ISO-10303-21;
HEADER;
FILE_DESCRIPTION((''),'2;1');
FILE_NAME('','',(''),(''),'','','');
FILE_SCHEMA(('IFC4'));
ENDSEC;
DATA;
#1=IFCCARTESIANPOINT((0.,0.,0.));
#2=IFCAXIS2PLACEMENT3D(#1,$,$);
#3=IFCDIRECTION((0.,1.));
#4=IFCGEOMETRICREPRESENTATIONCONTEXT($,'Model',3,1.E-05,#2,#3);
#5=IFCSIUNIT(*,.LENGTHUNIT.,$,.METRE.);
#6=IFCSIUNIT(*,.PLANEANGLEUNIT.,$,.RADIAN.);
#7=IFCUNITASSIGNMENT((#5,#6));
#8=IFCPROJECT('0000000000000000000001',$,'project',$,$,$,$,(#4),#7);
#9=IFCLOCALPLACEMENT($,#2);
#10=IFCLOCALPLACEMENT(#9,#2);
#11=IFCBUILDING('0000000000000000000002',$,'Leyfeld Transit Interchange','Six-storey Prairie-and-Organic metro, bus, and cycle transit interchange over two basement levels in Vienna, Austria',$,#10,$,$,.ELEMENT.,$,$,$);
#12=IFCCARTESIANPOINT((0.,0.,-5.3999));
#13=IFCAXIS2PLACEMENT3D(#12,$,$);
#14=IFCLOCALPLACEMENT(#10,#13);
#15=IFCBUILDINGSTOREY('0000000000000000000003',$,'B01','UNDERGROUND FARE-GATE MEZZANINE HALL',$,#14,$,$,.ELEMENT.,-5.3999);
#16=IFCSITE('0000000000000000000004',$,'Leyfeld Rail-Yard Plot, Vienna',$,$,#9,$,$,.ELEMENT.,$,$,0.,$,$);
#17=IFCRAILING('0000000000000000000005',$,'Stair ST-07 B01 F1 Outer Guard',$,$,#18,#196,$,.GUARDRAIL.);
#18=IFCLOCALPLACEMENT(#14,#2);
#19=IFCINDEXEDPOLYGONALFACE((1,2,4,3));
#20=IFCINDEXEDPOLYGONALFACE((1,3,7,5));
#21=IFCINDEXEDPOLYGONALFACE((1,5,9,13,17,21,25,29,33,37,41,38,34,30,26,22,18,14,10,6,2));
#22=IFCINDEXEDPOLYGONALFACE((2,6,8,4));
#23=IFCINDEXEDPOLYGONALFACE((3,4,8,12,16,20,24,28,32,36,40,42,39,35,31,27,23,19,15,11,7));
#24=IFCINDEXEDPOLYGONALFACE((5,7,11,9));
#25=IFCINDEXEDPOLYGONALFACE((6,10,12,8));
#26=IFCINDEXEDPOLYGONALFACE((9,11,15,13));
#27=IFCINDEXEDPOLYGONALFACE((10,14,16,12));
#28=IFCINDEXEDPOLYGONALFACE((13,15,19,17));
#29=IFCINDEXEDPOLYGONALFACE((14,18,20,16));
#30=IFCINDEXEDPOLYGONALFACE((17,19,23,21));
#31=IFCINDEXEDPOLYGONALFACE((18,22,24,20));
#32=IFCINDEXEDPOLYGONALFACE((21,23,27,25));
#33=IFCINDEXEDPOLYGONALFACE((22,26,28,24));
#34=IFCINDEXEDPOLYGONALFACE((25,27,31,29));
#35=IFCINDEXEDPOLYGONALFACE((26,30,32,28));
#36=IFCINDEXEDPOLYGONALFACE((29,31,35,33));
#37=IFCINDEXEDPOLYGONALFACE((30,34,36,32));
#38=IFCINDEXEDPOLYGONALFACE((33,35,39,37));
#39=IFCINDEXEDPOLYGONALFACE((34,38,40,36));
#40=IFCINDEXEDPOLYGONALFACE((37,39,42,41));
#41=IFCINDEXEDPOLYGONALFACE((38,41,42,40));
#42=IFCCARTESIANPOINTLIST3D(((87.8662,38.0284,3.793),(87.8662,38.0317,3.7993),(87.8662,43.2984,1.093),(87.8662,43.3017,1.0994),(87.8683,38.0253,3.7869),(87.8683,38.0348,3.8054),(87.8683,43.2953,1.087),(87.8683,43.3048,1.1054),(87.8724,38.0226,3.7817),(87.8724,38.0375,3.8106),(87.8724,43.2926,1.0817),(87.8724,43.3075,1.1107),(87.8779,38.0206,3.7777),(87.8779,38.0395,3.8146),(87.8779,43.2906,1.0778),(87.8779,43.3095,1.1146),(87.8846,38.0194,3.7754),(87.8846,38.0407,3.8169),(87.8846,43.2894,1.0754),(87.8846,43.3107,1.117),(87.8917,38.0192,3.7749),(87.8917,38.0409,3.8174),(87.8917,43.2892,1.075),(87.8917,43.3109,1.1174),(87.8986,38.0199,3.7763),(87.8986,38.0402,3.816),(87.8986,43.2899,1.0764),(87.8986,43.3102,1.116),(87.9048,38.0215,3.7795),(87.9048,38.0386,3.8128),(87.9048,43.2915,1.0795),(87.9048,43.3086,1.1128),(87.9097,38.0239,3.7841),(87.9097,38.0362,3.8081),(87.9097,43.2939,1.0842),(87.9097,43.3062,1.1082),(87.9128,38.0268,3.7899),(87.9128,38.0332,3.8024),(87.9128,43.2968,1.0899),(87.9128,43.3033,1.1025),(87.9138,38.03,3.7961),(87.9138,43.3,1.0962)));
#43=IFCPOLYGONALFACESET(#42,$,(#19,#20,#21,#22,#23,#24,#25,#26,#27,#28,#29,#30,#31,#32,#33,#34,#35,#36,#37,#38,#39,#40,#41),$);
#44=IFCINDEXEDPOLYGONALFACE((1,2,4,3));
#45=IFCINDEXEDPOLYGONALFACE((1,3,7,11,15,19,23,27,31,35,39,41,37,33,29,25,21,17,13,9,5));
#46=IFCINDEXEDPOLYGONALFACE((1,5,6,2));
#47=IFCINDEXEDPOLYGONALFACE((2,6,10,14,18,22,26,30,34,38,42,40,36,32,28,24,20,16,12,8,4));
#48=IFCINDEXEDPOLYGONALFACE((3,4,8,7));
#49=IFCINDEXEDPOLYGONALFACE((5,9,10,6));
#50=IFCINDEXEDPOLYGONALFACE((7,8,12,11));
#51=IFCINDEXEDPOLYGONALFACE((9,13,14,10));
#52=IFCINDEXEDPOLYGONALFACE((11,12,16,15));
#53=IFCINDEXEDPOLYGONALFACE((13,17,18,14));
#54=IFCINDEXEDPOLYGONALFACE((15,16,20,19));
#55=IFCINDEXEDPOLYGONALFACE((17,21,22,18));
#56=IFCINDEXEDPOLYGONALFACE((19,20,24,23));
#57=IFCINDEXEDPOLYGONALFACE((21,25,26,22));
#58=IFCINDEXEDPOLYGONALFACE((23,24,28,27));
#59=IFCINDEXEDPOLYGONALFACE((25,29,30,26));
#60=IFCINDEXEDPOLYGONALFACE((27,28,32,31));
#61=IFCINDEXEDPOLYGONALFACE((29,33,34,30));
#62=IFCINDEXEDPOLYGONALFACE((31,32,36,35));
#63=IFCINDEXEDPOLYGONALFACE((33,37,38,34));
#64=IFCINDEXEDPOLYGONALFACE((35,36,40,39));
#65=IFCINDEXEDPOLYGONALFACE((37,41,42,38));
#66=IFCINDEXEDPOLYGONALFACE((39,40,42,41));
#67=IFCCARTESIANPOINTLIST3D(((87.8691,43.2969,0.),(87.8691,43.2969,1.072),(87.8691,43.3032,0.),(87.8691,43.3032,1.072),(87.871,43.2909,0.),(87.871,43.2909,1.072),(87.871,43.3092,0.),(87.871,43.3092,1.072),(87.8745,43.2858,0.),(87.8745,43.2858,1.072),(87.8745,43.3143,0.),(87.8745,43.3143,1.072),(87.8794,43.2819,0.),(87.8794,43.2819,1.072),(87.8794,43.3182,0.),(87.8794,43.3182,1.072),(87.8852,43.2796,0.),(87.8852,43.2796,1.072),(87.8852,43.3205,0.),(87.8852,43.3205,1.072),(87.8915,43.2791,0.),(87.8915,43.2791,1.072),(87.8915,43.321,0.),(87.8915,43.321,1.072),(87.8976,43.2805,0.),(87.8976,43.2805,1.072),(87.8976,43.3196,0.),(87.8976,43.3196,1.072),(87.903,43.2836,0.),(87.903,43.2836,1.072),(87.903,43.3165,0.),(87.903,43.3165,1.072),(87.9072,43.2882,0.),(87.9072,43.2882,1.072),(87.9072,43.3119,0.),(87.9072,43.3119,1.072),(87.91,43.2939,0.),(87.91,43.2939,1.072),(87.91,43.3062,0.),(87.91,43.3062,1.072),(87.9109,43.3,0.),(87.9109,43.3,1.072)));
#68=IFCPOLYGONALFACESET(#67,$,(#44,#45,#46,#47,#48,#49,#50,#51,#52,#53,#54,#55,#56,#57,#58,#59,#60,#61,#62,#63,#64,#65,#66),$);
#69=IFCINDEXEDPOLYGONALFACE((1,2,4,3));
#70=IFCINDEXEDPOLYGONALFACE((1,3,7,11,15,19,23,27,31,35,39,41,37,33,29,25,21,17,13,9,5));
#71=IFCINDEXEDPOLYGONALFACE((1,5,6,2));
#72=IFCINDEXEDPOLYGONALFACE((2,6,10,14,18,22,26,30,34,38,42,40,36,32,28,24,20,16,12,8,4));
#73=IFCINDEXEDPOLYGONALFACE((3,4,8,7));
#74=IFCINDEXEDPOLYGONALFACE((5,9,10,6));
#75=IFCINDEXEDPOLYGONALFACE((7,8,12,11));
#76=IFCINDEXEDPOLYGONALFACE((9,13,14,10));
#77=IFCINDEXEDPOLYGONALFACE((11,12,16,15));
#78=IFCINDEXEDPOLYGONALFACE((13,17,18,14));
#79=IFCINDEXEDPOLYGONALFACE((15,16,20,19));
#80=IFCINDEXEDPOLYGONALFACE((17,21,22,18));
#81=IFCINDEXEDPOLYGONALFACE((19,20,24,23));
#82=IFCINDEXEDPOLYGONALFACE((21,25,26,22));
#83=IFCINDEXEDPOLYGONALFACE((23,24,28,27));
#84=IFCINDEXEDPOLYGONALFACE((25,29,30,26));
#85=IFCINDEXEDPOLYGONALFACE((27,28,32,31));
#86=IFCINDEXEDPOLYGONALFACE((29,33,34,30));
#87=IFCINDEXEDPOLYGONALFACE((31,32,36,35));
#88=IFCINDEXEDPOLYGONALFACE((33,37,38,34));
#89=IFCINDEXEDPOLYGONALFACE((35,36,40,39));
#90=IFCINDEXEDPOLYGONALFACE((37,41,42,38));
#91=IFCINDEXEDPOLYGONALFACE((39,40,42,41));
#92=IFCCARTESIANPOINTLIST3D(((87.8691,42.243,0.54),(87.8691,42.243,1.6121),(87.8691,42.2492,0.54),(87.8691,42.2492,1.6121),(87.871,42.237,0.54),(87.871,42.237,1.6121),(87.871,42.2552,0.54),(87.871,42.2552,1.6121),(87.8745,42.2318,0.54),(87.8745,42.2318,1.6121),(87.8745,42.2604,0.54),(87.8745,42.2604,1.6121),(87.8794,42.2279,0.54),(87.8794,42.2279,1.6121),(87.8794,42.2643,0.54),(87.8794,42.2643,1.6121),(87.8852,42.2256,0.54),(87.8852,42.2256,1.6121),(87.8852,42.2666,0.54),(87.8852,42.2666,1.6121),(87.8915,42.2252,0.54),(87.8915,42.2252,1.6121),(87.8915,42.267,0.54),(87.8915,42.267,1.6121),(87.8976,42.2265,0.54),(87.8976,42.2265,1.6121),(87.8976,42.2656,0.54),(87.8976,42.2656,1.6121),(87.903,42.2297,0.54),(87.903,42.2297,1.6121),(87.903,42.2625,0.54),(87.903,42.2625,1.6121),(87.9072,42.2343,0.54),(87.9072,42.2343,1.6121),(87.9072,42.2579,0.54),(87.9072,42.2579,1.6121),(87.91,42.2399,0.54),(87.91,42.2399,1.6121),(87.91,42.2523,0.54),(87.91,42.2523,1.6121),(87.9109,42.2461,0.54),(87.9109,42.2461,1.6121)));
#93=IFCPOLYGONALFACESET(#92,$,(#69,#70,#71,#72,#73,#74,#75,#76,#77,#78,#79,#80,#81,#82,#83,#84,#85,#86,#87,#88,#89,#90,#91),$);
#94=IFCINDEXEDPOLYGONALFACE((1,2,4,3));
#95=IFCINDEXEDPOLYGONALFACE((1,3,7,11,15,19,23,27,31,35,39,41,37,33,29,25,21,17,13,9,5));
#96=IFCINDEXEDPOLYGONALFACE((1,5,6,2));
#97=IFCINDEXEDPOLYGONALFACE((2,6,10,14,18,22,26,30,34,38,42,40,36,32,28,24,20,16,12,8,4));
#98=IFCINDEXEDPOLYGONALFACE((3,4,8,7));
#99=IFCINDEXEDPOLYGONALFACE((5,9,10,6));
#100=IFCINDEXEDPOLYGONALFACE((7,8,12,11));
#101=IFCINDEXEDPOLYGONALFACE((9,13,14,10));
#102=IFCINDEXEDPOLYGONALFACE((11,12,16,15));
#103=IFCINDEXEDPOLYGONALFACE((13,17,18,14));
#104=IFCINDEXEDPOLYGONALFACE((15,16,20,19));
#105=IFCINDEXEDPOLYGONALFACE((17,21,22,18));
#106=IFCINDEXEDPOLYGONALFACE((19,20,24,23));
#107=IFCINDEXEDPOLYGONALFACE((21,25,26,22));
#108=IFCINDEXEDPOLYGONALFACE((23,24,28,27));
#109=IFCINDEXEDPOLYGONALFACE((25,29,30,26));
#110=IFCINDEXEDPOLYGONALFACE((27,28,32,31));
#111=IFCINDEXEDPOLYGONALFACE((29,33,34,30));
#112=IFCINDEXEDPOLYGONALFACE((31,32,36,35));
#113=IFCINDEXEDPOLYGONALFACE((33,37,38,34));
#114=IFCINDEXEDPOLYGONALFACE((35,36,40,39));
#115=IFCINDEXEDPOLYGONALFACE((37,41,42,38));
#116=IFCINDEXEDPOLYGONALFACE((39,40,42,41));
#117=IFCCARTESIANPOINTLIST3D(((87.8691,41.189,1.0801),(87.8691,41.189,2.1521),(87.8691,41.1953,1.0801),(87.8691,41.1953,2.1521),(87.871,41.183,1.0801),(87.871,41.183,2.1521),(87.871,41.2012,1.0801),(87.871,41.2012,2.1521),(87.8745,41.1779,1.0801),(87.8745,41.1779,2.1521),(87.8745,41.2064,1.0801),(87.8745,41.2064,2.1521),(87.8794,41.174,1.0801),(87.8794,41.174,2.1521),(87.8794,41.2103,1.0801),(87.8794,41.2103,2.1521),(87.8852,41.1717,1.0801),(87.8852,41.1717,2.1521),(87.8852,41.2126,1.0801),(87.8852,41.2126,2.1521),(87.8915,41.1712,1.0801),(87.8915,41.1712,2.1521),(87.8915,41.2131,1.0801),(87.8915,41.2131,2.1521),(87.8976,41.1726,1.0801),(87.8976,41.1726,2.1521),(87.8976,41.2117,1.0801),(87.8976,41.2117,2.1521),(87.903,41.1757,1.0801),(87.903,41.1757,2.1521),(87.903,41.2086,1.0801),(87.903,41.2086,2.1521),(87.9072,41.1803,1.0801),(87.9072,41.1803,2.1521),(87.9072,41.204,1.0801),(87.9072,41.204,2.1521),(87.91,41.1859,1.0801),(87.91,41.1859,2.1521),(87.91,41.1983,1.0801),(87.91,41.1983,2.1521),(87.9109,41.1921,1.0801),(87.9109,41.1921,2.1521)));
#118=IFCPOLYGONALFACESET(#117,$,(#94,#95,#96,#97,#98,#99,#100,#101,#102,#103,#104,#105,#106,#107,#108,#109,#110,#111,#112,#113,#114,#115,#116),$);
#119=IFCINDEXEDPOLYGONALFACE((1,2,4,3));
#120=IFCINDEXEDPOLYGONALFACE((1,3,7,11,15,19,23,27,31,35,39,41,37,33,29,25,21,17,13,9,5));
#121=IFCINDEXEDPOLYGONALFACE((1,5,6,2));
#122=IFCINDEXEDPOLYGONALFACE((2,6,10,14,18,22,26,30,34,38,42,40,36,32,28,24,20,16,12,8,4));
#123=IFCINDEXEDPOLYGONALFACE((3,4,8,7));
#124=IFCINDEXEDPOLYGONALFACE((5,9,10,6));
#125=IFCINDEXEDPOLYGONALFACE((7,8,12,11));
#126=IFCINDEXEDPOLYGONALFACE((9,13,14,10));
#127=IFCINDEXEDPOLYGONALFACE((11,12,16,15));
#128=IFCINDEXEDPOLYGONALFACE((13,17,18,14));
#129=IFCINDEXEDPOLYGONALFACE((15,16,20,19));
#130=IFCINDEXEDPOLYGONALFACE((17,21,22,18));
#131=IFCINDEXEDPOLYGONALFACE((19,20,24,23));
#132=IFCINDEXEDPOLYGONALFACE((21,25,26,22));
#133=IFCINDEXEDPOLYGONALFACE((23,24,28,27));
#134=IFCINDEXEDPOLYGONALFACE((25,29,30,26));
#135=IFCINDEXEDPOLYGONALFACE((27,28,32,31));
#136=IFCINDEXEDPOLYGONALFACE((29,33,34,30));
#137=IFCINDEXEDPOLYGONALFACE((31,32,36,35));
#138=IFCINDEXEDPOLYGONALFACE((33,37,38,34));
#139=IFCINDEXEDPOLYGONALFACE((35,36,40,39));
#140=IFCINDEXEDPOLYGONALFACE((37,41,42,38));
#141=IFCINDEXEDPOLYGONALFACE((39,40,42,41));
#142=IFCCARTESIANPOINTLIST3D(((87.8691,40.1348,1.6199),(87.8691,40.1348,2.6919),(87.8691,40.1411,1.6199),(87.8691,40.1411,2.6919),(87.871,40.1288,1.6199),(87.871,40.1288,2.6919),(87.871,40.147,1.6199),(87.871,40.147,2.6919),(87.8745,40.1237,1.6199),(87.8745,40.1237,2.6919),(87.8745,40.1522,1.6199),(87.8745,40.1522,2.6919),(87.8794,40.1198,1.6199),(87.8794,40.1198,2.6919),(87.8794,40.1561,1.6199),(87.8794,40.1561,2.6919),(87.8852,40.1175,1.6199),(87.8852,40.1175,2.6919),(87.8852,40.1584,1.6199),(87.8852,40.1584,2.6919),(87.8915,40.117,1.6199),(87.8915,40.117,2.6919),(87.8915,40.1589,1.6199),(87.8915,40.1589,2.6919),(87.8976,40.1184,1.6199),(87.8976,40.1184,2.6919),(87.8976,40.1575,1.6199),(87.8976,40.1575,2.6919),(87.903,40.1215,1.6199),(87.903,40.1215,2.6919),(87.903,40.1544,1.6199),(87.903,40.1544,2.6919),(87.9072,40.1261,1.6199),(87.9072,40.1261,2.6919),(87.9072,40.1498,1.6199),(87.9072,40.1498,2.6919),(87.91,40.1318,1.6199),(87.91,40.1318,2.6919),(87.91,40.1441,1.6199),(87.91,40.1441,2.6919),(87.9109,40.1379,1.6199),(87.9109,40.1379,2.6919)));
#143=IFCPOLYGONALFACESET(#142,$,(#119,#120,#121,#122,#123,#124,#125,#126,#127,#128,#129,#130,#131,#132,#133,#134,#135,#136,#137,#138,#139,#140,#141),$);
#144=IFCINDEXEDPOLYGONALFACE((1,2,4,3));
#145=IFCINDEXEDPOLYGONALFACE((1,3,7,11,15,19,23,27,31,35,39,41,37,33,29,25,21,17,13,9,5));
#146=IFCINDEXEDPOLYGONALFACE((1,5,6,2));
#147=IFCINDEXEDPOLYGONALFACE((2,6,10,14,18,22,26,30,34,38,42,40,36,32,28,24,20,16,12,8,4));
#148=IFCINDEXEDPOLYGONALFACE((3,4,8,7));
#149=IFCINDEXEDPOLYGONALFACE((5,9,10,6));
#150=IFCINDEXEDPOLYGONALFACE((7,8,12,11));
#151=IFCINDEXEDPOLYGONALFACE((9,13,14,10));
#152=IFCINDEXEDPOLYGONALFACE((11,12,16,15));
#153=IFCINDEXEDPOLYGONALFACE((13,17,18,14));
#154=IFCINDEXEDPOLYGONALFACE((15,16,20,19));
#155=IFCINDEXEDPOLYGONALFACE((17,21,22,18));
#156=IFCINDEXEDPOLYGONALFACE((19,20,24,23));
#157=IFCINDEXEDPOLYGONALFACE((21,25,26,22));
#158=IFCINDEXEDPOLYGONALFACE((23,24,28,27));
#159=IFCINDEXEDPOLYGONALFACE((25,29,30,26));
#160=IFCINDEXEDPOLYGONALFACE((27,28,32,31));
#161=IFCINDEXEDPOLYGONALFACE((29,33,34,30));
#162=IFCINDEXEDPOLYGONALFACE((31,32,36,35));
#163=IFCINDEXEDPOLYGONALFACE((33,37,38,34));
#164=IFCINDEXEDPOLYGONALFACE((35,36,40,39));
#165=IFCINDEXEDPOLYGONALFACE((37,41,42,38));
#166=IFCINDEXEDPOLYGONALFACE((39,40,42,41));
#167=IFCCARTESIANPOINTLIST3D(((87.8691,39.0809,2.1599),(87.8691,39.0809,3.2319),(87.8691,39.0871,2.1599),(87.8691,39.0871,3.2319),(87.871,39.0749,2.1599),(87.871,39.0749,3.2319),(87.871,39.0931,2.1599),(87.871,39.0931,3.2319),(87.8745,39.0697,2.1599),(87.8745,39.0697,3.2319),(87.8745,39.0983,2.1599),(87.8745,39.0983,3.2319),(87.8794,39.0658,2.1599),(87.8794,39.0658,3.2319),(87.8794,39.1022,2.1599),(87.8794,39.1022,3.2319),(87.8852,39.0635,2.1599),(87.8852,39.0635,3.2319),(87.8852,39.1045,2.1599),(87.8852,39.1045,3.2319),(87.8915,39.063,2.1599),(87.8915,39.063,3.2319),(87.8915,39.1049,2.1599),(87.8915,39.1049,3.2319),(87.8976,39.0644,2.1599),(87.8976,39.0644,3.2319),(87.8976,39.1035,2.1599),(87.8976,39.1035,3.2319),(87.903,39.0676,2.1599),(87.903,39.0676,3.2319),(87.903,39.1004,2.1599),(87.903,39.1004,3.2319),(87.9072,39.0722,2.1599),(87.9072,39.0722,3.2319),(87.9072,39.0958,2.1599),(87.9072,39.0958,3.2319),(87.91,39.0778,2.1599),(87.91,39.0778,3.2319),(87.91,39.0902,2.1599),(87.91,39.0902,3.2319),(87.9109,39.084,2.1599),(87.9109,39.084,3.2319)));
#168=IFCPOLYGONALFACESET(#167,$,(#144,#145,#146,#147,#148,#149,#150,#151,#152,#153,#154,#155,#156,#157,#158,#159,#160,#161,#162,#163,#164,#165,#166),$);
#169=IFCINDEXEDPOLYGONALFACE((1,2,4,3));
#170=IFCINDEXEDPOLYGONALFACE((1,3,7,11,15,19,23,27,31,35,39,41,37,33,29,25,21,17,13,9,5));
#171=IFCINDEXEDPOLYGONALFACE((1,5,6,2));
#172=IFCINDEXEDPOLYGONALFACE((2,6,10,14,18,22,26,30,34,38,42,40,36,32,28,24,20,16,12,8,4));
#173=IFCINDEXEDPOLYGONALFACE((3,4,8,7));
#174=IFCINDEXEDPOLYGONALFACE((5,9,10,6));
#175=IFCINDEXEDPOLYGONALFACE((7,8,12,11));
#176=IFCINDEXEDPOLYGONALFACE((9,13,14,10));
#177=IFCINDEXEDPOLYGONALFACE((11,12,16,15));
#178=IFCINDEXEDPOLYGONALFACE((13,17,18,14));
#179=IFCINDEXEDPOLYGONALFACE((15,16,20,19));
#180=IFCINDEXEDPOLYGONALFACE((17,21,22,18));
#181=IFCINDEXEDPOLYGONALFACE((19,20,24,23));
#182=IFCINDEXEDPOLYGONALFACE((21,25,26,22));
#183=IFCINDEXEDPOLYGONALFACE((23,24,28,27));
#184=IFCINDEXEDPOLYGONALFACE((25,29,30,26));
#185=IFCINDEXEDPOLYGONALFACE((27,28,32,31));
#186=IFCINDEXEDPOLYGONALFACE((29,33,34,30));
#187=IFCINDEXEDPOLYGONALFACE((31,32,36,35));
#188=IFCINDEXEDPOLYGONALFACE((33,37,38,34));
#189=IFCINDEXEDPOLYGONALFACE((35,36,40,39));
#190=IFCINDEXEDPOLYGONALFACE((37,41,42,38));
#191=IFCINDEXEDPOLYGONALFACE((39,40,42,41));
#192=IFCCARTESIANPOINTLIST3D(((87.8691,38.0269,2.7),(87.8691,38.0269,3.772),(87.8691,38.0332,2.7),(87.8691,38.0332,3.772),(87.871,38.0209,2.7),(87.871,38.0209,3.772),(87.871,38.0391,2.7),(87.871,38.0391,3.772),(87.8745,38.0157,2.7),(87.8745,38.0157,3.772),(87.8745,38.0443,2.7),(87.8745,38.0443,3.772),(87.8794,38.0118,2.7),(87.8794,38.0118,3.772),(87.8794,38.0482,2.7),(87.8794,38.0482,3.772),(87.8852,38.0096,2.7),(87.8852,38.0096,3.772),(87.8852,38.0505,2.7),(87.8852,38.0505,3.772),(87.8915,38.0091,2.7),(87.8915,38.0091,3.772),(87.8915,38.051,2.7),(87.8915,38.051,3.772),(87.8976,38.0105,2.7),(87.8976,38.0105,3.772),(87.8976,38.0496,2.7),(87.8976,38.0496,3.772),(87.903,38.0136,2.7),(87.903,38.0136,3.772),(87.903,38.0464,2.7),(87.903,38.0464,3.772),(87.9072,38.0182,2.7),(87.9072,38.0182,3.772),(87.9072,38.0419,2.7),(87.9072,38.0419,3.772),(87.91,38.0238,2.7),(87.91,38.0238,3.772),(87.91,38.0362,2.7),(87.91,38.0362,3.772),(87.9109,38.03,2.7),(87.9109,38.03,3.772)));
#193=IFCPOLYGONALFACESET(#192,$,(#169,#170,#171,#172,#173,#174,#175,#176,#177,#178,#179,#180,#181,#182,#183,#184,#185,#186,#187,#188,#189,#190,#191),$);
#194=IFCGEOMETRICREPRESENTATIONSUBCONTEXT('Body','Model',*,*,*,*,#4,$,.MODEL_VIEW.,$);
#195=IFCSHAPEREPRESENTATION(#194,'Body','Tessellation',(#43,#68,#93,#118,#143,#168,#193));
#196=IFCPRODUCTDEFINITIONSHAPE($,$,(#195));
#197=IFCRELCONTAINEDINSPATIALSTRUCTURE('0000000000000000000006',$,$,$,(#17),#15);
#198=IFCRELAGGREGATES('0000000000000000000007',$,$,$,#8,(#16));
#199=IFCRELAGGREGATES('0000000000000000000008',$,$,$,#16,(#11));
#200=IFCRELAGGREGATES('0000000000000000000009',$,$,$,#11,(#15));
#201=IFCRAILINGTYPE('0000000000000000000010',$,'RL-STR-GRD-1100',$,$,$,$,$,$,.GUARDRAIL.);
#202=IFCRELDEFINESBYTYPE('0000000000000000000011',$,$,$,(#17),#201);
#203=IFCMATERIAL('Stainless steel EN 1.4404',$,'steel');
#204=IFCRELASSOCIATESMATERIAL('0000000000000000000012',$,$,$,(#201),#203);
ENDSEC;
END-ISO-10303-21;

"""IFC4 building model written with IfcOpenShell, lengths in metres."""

from ifc_helpers import new_model, si_unit, direction, frame, origin, origin_2d, place, context, subcontext, project, spatial, circle, extrude, material, type_object, element, save


model = new_model("IFC4")

# Units and contexts
model_context = context("Model", 3, precision=1e-05, world=origin(), true_north=direction((0.0, 1.0)))
body_context = subcontext(model_context, "Body", "Model", "MODEL_VIEW")
ifc_project = project(units=[si_unit("LENGTHUNIT", "METRE"), si_unit("PLANEANGLEUNIT", "RADIAN")], contexts=[model_context])

# Site, building, storey
site_placement = place(None, origin())
site = spatial("IfcSite", under=ifc_project, at=site_placement, Name="Leyfeld Rail-Yard Plot, Vienna", CompositionType="ELEMENT", RefElevation=0.0)
building_placement = place(site_placement, origin())
building = spatial("IfcBuilding", under=site, at=building_placement, Name="Leyfeld Transit Interchange", Description="Six-storey Prairie-and-Organic metro, bus, and cycle transit interchange over two basement levels in Vienna, Austria", CompositionType="ELEMENT")
storey_placement = place(building_placement, frame((0.0, 0.0, -5.3999)))
storey = spatial("IfcBuildingStorey", under=building, at=storey_placement, Name="B01", Description="UNDERGROUND FARE-GATE MEZZANINE HALL", CompositionType="ELEMENT", Elevation=-5.3999)

# Railing
ifc_material_1 = material(Name="Stainless steel EN 1.4404", Category="steel")
railing_type_1 = type_object("IfcRailingType", Name="RL-STR-GRD-1100", PredefinedType="GUARDRAIL", material=ifc_material_1)
railing_1_placement = place(storey_placement, frame((87.8899, 43.3, 0.0)))
element("IfcRailing", 1, at=railing_1_placement, inside=storey, type_object=railing_type_1, Name="Stair ST-07 B01 F1 Outer Guard", PredefinedType="GUARDRAIL", context=body_context, shape_type="SweptSolid", body=[
    extrude(circle(Radius=0.0239, at=origin_2d()), frame((0.0, 0.0, 1.0962), z_axis=(0.0, -0.889997, 0.455966), x_axis=(1.0, 0.0, 0.0)), (0.0, 0.0, 1.0), 5.9214),
    extrude(circle(Radius=0.021, at=origin_2d()), origin(), (0.0, 0.0, 1.0), 1.072),
    extrude(circle(Radius=0.021, at=origin_2d()), frame((0.0, -1.054, 0.54)), (0.0, 0.0, 1.0), 1.072),
    extrude(circle(Radius=0.021, at=origin_2d()), frame((0.0, -2.1079, 1.0801)), (0.0, 0.0, 1.0), 1.072),
    extrude(circle(Radius=0.021, at=origin_2d()), frame((0.0, -3.1621, 1.6199)), (0.0, 0.0, 1.0), 1.072),
    extrude(circle(Radius=0.021, at=origin_2d()), frame((0.0, -4.2161, 2.1599)), (0.0, 0.0, 1.0), 1.072),
    extrude(circle(Radius=0.021, at=origin_2d()), frame((0.0, -5.27, 2.7)), (0.0, 0.0, 1.0), 1.072),
])

save(model, "model.ifc")
